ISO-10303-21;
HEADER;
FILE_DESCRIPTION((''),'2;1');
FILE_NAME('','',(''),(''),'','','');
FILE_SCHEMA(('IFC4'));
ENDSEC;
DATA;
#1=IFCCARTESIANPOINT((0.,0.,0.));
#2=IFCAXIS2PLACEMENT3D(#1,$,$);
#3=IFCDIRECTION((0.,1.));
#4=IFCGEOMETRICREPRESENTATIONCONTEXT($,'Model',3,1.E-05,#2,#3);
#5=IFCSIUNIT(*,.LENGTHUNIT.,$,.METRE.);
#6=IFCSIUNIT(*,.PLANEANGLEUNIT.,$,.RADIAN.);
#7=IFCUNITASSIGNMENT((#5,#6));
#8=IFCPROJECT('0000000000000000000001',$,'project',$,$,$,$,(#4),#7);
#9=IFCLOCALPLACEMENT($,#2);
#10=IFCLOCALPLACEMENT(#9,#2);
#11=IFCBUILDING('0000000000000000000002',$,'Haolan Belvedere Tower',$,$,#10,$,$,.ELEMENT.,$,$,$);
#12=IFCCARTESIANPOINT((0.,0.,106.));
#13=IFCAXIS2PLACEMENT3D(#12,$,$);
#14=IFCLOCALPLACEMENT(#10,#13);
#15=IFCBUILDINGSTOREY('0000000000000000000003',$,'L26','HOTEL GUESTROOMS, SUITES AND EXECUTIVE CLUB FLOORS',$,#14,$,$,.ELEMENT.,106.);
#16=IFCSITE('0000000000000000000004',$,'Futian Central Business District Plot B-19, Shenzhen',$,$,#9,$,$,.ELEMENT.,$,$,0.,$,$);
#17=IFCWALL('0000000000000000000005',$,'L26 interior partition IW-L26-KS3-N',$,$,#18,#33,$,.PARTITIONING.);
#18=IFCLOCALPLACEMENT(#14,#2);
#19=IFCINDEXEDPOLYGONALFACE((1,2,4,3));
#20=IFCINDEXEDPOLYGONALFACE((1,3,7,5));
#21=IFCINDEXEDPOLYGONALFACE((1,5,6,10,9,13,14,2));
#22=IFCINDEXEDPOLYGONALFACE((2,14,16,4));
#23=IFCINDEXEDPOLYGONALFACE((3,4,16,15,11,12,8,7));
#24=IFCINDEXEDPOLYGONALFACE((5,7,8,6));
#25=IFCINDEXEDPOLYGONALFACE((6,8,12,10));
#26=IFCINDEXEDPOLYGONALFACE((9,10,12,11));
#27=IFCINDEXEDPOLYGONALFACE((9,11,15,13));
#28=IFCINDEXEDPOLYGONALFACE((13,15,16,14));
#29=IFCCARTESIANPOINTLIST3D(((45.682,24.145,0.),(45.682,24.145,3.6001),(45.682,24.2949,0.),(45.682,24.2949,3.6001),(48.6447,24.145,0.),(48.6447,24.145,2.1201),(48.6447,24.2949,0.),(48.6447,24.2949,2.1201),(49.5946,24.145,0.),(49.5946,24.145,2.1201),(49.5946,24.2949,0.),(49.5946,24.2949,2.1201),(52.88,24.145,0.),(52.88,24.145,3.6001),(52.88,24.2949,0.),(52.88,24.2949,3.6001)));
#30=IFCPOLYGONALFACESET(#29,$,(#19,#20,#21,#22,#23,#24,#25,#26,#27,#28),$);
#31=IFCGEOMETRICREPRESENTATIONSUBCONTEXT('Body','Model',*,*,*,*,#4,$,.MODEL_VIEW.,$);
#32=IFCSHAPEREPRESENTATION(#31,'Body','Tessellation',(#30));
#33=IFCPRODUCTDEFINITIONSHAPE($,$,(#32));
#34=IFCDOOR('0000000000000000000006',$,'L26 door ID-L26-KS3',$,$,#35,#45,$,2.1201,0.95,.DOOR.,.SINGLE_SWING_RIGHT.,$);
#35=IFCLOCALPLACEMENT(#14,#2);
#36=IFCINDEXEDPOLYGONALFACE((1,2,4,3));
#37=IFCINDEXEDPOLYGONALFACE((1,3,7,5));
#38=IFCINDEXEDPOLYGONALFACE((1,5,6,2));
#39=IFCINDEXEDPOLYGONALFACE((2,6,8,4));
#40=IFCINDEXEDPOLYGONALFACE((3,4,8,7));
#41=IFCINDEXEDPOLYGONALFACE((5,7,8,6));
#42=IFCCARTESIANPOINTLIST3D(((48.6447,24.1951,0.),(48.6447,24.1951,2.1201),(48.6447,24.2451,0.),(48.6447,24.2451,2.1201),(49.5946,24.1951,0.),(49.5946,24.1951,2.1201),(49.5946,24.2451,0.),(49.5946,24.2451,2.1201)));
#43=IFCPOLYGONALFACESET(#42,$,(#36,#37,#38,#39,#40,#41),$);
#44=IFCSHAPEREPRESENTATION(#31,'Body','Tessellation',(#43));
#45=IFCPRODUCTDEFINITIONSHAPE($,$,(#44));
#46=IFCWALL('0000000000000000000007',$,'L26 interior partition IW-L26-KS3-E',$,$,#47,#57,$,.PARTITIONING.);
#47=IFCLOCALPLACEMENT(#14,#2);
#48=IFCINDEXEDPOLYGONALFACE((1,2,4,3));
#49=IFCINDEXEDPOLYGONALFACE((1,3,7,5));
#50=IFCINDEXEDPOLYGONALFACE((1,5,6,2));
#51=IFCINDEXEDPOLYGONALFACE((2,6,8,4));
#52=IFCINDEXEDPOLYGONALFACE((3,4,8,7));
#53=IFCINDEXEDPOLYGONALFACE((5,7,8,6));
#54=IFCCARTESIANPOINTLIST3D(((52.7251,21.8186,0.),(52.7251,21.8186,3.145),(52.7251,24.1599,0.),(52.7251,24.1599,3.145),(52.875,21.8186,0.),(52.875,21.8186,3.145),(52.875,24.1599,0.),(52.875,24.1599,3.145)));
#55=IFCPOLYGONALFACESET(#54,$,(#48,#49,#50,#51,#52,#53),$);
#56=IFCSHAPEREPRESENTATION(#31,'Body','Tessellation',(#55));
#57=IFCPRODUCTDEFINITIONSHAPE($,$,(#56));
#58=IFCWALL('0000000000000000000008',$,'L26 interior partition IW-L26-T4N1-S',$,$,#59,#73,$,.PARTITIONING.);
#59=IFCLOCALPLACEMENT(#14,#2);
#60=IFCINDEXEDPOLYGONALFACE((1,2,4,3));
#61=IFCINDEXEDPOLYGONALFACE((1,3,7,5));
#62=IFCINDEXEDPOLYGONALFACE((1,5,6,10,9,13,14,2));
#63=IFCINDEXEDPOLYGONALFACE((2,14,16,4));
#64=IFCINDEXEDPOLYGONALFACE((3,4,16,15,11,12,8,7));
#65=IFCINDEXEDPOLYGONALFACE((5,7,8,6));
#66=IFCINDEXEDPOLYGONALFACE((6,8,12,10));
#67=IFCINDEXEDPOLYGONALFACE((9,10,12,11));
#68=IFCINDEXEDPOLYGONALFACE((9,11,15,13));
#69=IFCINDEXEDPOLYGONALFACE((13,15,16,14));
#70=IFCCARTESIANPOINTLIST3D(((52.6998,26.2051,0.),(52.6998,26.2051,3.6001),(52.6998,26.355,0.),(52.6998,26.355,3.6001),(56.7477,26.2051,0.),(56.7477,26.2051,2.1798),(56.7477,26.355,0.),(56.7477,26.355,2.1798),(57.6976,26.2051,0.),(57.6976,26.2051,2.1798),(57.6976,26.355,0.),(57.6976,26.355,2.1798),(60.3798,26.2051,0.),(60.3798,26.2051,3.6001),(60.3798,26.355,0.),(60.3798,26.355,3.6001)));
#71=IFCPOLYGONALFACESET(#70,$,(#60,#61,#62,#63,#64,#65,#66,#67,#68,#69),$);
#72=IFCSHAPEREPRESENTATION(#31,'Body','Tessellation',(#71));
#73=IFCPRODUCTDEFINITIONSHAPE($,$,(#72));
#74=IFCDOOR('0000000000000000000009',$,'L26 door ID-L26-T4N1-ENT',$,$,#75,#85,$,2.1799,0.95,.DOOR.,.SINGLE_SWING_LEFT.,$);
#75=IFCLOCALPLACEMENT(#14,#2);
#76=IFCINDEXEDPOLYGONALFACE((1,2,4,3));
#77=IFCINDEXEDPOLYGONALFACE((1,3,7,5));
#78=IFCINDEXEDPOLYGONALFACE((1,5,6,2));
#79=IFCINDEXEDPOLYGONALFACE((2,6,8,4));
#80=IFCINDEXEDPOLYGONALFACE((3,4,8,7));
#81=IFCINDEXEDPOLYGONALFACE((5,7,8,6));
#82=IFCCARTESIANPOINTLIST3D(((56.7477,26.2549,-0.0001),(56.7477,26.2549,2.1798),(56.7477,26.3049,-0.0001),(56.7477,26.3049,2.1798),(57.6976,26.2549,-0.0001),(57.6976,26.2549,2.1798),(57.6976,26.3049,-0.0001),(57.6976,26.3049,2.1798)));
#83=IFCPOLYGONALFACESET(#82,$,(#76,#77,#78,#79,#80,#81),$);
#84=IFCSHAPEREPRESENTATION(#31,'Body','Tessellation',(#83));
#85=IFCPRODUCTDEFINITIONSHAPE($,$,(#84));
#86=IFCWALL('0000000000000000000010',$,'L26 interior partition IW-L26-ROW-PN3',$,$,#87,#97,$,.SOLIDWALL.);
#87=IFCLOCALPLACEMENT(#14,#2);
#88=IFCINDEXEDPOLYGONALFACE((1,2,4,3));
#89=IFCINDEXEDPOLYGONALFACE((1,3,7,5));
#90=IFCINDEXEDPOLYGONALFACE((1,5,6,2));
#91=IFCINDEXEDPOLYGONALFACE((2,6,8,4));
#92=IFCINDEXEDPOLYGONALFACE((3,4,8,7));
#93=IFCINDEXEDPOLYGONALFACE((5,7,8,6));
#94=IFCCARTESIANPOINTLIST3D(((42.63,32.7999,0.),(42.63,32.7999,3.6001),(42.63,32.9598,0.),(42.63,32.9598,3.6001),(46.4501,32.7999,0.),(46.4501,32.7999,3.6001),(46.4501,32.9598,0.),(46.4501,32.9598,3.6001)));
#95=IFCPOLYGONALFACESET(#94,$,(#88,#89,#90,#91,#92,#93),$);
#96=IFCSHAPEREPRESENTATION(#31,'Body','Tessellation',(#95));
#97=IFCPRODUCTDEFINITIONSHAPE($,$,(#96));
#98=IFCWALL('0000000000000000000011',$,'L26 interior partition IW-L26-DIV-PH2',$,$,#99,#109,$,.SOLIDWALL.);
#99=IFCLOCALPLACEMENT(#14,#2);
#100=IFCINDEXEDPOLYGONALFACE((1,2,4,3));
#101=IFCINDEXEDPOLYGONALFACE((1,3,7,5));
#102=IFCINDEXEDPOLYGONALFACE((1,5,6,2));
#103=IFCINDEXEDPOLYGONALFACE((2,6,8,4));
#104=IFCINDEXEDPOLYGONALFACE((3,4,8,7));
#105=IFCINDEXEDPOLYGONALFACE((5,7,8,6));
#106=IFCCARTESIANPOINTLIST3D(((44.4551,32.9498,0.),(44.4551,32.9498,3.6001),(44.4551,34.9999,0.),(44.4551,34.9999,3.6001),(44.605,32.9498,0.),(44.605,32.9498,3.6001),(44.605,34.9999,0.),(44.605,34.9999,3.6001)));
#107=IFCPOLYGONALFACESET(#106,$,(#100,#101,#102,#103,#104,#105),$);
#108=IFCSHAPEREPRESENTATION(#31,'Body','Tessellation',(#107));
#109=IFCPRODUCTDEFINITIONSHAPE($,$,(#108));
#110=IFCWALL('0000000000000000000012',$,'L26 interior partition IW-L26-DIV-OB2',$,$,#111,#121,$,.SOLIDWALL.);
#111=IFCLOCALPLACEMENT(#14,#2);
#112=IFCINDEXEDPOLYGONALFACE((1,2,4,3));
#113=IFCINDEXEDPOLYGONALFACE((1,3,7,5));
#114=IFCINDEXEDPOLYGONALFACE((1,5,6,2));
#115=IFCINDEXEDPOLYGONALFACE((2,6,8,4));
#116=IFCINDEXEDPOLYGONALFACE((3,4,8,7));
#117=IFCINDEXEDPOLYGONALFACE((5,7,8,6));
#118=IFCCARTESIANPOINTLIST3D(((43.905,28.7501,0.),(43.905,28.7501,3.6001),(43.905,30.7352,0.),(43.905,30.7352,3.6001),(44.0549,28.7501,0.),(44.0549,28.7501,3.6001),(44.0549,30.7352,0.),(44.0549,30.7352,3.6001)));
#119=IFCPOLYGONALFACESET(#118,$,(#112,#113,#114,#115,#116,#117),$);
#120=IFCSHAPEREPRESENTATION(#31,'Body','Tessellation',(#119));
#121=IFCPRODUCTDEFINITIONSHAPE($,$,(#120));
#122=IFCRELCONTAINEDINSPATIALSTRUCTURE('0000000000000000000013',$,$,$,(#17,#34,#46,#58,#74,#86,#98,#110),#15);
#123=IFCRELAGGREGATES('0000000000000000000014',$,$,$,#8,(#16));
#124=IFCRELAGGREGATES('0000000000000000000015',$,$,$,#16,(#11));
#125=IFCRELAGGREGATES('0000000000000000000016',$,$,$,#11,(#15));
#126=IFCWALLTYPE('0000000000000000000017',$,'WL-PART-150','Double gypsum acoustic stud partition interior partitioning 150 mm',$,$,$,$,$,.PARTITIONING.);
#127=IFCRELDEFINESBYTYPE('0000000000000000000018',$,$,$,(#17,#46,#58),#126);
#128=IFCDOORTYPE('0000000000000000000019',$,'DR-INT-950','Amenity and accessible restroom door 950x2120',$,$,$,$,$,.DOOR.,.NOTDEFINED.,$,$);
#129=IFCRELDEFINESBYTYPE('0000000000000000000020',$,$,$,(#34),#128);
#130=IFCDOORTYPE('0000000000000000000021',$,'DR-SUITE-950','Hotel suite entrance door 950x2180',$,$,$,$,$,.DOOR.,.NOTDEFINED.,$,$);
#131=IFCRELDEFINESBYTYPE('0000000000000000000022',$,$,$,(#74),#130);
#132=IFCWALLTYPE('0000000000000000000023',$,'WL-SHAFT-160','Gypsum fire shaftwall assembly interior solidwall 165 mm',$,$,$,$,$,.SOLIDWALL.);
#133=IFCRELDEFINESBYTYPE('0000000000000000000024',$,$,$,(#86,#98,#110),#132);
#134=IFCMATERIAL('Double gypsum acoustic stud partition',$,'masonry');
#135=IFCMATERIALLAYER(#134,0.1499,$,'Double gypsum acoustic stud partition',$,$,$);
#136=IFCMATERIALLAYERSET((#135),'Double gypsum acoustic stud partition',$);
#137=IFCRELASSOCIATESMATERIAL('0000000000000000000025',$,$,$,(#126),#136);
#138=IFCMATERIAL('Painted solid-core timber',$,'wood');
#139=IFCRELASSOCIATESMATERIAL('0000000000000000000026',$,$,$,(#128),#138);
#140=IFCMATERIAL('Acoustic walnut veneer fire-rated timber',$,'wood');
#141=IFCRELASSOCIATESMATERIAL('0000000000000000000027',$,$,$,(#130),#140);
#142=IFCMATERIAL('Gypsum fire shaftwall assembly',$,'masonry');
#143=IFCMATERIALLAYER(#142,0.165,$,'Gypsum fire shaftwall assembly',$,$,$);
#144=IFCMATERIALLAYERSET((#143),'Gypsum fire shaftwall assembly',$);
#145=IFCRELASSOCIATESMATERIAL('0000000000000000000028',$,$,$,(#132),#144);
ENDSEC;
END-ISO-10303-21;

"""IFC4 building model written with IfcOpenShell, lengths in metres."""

from ifc_helpers import new_model, si_unit, direction, frame, frame_2d, origin, place, context, subcontext, project, spatial, rectangle, extrude, material, layer, layer_set, type_object, element, fill, save


model = new_model("IFC4")

# Units and contexts
model_context = context("Model", 3, precision=1e-05, world=origin(), true_north=direction((0.0, 1.0)))
body_context = subcontext(model_context, "Body", "Model", "MODEL_VIEW")
ifc_project = project(units=[si_unit("LENGTHUNIT", "METRE"), si_unit("PLANEANGLEUNIT", "RADIAN")], contexts=[model_context])

# Site, building, storey
site_placement = place(None, origin())
site = spatial("IfcSite", under=ifc_project, at=site_placement, Name="Futian Central Business District Plot B-19, Shenzhen", CompositionType="ELEMENT", RefElevation=0.0)
building_placement = place(site_placement, origin())
building = spatial("IfcBuilding", under=site, at=building_placement, Name="Haolan Belvedere Tower", CompositionType="ELEMENT")
storey_placement = place(building_placement, frame((0.0, 0.0, 106.0)))
storey = spatial("IfcBuildingStorey", under=building, at=storey_placement, Name="L26", Description="HOTEL GUESTROOMS, SUITES AND EXECUTIVE CLUB FLOORS", CompositionType="ELEMENT", Elevation=106.0)

# Shared definitions
ifc_material_1 = material(Name="Double gypsum acoustic stud partition", Category="masonry")
ifc_layer_1 = layer(ifc_material_1, 0.1499, Name="Double gypsum acoustic stud partition")
ifc_layer_set_1 = layer_set([ifc_layer_1], Name="Double gypsum acoustic stud partition")
wall_type_1 = type_object("IfcWallType", Name="WL-PART-150", Description="Double gypsum acoustic stud partition interior partitioning 150 mm", PredefinedType="PARTITIONING", material=ifc_layer_set_1)

# Shared definitions
ifc_material_2 = material(Name="Painted solid-core timber", Category="wood")
door_type_1 = type_object("IfcDoorType", Name="DR-INT-950", Description="Amenity and accessible restroom door 950x2120", OperationType="NOTDEFINED", PredefinedType="DOOR", material=ifc_material_2)

# Wall, opening, door
wall_1_placement = place(storey_placement, frame((45.6819, 24.22, 0.0), z_axis=(0.0, 0.0, 1.0), x_axis=(1.0, 0.0, 0.0)))
wall_1 = element("IfcWall", 1, at=wall_1_placement, inside=storey, type_object=wall_type_1, Name="L26 interior partition IW-L26-KS3-N", PredefinedType="PARTITIONING", context=body_context, shape_type="SweptSolid", body=[
    extrude(rectangle(XDim=7.198, YDim=0.1499, at=frame_2d((3.5991, 0.0))), origin(), (0.0, 0.0, 1.0), 3.6001),
])
opening_1_placement = place(wall_1_placement, frame((3.9128, 0.0, 0.0), z_axis=(0.0, 0.0, 1.0), x_axis=(-1.0, 0.0, 0.0)))
opening_1 = element("IfcOpeningElement", 2, at=opening_1_placement, cuts=wall_1, PredefinedType="OPENING", context=body_context, shape_type="SweptSolid", body=[
    extrude(rectangle(XDim=0.95, YDim=2.1201, at=frame_2d((0.4751, 1.0601))), frame((0.0, 0.085, 0.0), z_axis=(0.0, -1.0, 0.0), x_axis=(1.0, 0.0, 0.0)), (0.0, 0.0, 1.0), 0.1699),
])
door_1_placement = place(opening_1_placement, origin())
door_1 = element("IfcDoor", 3, at=door_1_placement, inside=storey, type_object=door_type_1, Name="L26 door ID-L26-KS3", OperationType="SINGLE_SWING_RIGHT", OverallHeight=2.1201, OverallWidth=0.95, PredefinedType="DOOR", context=body_context, shape_type="SweptSolid", body=[
    extrude(rectangle(XDim=0.95, YDim=2.1201, at=frame_2d((0.4751, 1.0601))), frame((0.0, 0.0249, 0.0), z_axis=(0.0, -1.0, 0.0), x_axis=(1.0, 0.0, 0.0)), (0.0, 0.0, 1.0), 0.05),
])
fill(opening_1, door_1)

# Wall
wall_2_placement = place(storey_placement, frame((52.8, 21.8186, 0.0), z_axis=(0.0, 0.0, 1.0), x_axis=(0.0, 1.0, 0.0)))
element("IfcWall", 4, at=wall_2_placement, inside=storey, type_object=wall_type_1, Name="L26 interior partition IW-L26-KS3-E", PredefinedType="PARTITIONING", context=body_context, shape_type="SweptSolid", body=[
    extrude(rectangle(XDim=2.3413, YDim=0.1499, at=frame_2d((1.1707, 0.0))), origin(), (0.0, 0.0, 1.0), 3.145),
])

# Wall, opening, door
wall_3_placement = place(storey_placement, frame((52.7, 26.28, 0.0), z_axis=(0.0, 0.0, 1.0), x_axis=(1.0, 0.0, 0.0)))
wall_3 = element("IfcWall", 5, at=wall_3_placement, inside=storey, type_object=wall_type_1, Name="L26 interior partition IW-L26-T4N1-S", PredefinedType="PARTITIONING", context=body_context, shape_type="SweptSolid", body=[
    extrude(rectangle(XDim=7.6799, YDim=0.1499, at=frame_2d((3.8398, 0.0))), origin(), (0.0, 0.0, 1.0), 3.6001),
])
opening_2_placement = place(wall_3_placement, frame((4.0476, 0.0, 0.0)))
opening_2 = element("IfcOpeningElement", 6, at=opening_2_placement, cuts=wall_3, PredefinedType="OPENING", context=body_context, shape_type="SweptSolid", body=[
    extrude(rectangle(XDim=0.95, YDim=2.1799, at=frame_2d((0.4751, 1.0898))), frame((0.0, 0.085, 0.0), z_axis=(0.0, -1.0, 0.0), x_axis=(1.0, 0.0, 0.0)), (0.0, 0.0, 1.0), 0.1699),
])
ifc_material_3 = material(Name="Acoustic walnut veneer fire-rated timber", Category="wood")
door_type_2 = type_object("IfcDoorType", Name="DR-SUITE-950", Description="Hotel suite entrance door 950x2180", OperationType="NOTDEFINED", PredefinedType="DOOR", material=ifc_material_3)
door_2_placement = place(opening_2_placement, origin())
door_2 = element("IfcDoor", 7, at=door_2_placement, inside=storey, type_object=door_type_2, Name="L26 door ID-L26-T4N1-ENT", OperationType="SINGLE_SWING_LEFT", OverallHeight=2.1799, OverallWidth=0.95, PredefinedType="DOOR", context=body_context, shape_type="SweptSolid", body=[
    extrude(rectangle(XDim=0.95, YDim=2.1799, at=frame_2d((0.4751, 1.0898))), frame((0.0, 0.0249, 0.0), z_axis=(0.0, -1.0, 0.0), x_axis=(1.0, 0.0, 0.0)), (0.0, 0.0, 1.0), 0.05),
])
fill(opening_2, door_2)

# Walls
ifc_material_4 = material(Name="Gypsum fire shaftwall assembly", Category="masonry")
ifc_layer_2 = layer(ifc_material_4, 0.165, Name="Gypsum fire shaftwall assembly")
ifc_layer_set_2 = layer_set([ifc_layer_2], Name="Gypsum fire shaftwall assembly")
wall_type_2 = type_object("IfcWallType", Name="WL-SHAFT-160", Description="Gypsum fire shaftwall assembly interior solidwall 165 mm", PredefinedType="SOLIDWALL", material=ifc_layer_set_2)
wall_4_placement = place(storey_placement, frame((42.6299, 32.8799, 0.0), z_axis=(0.0, 0.0, 1.0), x_axis=(1.0, 0.0, 0.0)))
element("IfcWall", 8, at=wall_4_placement, inside=storey, type_object=wall_type_2, Name="L26 interior partition IW-L26-ROW-PN3", PredefinedType="SOLIDWALL", context=body_context, shape_type="SweptSolid", body=[
    extrude(rectangle(XDim=3.8201, YDim=0.1599, at=frame_2d((1.9102, 0.0))), origin(), (0.0, 0.0, 1.0), 3.6001),
])
wall_5_placement = place(storey_placement, frame((44.53, 32.95, 0.0), z_axis=(0.0, 0.0, 1.0), x_axis=(0.0, 1.0, 0.0)))
element("IfcWall", 9, at=wall_5_placement, inside=storey, type_object=wall_type_2, Name="L26 interior partition IW-L26-DIV-PH2", PredefinedType="SOLIDWALL", context=body_context, shape_type="SweptSolid", body=[
    extrude(rectangle(XDim=2.05, YDim=0.1499, at=frame_2d((1.0249, 0.0))), origin(), (0.0, 0.0, 1.0), 3.6001),
])
wall_6_placement = place(storey_placement, frame((43.98, 28.75, 0.0), z_axis=(0.0, 0.0, 1.0), x_axis=(0.0, 1.0, 0.0)))
element("IfcWall", 10, at=wall_6_placement, inside=storey, type_object=wall_type_2, Name="L26 interior partition IW-L26-DIV-OB2", PredefinedType="SOLIDWALL", context=body_context, shape_type="SweptSolid", body=[
    extrude(rectangle(XDim=1.9851, YDim=0.1499, at=frame_2d((0.9927, 0.0))), origin(), (0.0, 0.0, 1.0), 3.6001),
])

save(model, "model.ifc")
